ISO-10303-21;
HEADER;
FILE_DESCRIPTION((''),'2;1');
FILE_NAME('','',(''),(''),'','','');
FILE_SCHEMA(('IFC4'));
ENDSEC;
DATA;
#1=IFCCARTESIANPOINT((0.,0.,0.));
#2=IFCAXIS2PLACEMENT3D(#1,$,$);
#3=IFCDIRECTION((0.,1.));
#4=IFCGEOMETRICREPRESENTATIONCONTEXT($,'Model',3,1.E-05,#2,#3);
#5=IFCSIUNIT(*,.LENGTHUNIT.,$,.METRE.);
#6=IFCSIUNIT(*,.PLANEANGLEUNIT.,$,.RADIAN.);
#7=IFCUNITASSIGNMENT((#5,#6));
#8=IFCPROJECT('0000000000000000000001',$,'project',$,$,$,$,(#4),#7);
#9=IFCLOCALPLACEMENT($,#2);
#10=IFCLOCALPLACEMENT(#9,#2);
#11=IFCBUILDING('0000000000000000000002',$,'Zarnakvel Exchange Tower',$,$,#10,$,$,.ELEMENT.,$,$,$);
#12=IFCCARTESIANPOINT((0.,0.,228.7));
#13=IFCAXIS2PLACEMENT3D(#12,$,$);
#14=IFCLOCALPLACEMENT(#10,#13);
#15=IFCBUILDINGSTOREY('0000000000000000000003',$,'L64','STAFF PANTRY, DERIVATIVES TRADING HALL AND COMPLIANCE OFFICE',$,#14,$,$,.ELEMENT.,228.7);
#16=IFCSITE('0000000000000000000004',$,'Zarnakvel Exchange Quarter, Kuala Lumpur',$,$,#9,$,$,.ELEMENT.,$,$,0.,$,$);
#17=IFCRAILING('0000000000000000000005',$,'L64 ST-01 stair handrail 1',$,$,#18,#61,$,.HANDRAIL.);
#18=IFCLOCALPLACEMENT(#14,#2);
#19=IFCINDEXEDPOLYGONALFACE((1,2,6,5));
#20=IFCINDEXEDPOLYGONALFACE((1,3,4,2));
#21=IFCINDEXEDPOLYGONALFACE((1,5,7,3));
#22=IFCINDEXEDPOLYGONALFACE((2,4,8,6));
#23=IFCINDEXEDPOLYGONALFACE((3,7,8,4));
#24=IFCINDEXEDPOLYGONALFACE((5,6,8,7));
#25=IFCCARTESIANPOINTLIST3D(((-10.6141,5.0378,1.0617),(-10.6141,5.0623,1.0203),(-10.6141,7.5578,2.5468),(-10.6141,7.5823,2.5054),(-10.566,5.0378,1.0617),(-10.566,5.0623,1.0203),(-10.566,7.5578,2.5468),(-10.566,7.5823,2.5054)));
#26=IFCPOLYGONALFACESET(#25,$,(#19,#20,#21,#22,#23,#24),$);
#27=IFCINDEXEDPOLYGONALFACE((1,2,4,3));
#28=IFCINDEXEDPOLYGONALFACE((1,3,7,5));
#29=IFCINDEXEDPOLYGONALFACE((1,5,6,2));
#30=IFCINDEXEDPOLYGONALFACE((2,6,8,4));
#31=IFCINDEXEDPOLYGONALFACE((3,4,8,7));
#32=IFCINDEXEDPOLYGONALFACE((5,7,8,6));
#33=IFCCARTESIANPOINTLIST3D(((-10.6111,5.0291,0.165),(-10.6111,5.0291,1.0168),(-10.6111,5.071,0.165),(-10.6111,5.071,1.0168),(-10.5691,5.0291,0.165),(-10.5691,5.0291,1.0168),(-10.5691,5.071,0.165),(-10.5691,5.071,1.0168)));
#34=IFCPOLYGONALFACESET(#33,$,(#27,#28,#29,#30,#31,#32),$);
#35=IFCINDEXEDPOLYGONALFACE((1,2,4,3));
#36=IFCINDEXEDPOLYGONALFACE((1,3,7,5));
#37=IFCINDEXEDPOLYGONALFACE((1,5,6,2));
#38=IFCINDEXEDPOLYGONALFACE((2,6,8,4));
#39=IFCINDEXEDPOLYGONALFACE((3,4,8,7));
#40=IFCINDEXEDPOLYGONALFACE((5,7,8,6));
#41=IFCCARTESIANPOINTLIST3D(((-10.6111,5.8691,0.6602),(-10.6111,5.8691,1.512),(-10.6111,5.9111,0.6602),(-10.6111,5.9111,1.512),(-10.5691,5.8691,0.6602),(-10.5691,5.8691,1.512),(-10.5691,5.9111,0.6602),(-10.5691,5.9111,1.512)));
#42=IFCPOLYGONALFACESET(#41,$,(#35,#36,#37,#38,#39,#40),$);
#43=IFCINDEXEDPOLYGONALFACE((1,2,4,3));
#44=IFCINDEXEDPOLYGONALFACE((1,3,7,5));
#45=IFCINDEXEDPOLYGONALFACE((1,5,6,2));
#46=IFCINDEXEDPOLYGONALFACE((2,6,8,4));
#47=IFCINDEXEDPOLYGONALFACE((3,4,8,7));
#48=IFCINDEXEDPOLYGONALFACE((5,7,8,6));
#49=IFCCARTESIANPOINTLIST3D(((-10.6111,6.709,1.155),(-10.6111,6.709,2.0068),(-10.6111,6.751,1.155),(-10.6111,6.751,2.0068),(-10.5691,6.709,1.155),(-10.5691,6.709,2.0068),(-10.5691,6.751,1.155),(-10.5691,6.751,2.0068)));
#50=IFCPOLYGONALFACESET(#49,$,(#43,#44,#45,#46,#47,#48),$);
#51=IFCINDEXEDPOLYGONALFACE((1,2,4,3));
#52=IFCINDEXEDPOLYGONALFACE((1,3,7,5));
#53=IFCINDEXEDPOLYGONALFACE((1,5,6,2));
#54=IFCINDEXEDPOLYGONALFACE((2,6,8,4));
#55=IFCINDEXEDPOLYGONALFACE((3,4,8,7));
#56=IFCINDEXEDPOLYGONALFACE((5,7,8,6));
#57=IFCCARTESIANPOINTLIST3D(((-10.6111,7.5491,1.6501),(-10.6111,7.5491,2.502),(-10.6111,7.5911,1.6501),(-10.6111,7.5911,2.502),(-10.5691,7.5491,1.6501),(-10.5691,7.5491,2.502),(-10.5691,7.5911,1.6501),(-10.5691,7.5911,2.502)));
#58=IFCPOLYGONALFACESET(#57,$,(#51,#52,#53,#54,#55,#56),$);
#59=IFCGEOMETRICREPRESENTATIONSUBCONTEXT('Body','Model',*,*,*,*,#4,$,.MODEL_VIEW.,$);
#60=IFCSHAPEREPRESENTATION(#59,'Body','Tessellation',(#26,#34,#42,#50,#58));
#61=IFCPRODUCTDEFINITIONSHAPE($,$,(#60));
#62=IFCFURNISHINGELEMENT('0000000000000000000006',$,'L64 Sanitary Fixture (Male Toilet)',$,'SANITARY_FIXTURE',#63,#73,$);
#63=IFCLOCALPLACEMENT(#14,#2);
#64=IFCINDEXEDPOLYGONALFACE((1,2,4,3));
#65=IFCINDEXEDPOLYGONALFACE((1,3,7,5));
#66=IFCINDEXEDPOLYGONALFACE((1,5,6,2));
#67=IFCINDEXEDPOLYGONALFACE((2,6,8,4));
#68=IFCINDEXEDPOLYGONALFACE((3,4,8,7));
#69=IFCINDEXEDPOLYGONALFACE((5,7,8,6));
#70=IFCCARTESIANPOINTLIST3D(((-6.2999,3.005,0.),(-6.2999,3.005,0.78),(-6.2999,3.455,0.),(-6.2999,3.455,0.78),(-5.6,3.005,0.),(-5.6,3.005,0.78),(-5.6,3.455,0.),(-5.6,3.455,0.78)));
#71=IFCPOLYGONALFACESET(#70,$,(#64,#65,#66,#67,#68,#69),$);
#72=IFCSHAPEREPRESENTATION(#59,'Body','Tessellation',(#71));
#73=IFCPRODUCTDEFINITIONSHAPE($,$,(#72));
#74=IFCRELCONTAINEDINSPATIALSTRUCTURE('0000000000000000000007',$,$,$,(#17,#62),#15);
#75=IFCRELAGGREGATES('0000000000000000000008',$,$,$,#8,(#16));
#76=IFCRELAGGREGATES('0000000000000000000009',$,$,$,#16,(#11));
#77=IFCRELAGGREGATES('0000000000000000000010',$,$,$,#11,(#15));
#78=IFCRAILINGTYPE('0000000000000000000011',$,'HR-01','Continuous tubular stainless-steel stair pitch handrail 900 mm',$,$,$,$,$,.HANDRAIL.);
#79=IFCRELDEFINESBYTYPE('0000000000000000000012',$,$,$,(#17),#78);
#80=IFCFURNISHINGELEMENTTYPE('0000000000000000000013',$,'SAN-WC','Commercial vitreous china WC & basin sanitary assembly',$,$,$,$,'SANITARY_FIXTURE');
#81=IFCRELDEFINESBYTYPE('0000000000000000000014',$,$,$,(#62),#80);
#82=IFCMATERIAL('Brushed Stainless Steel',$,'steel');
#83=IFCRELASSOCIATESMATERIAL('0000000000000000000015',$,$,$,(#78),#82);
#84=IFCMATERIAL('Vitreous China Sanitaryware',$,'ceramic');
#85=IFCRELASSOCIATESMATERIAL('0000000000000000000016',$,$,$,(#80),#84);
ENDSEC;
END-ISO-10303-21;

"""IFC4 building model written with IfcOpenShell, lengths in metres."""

from ifc_helpers import new_model, si_unit, direction, frame, origin, origin_2d, place, context, subcontext, project, spatial, rectangle, extrude, source, transform, mapped, material, type_object, element, save


model = new_model("IFC4")

# Units and contexts
model_context = context("Model", 3, precision=1e-05, world=origin(), true_north=direction((0.0, 1.0)))
body_context = subcontext(model_context, "Body", "Model", "MODEL_VIEW")
ifc_project = project(units=[si_unit("LENGTHUNIT", "METRE"), si_unit("PLANEANGLEUNIT", "RADIAN")], contexts=[model_context])

# Site, building, storey
site_placement = place(None, origin())
site = spatial("IfcSite", under=ifc_project, at=site_placement, Name="Zarnakvel Exchange Quarter, Kuala Lumpur", CompositionType="ELEMENT", RefElevation=0.0)
building_placement = place(site_placement, origin())
building = spatial("IfcBuilding", under=site, at=building_placement, Name="Zarnakvel Exchange Tower", CompositionType="ELEMENT")
storey_placement = place(building_placement, frame((0.0, 0.0, 228.7)))
storey = spatial("IfcBuildingStorey", under=building, at=storey_placement, Name="L64", Description="STAFF PANTRY, DERIVATIVES TRADING HALL AND COMPLIANCE OFFICE", CompositionType="ELEMENT", Elevation=228.7)

# Shared definitions
ifc_material_1 = material(Name="Brushed Stainless Steel", Category="steel")

# Railing
railing_type = type_object("IfcRailingType", Name="HR-01", Description="Continuous tubular stainless-steel stair pitch handrail 900 mm", PredefinedType="HANDRAIL", material=ifc_material_1)
railing_placement = place(storey_placement, frame((-10.5901, 5.05, 0.165)))
element("IfcRailing", 1, at=railing_placement, inside=storey, type_object=railing_type, Name="L64 ST-01 stair handrail 1", PredefinedType="HANDRAIL", context=body_context, shape_type="SweptSolid", body=[
    extrude(rectangle(XDim=0.0481, YDim=0.0481, at=origin_2d()), frame((0.0, 0.0, 0.876), z_axis=(0.0, 0.861524, 0.507717), x_axis=(-1.0, 0.0, 0.0)), (0.0, 0.0, 1.0), 2.925),
    extrude(rectangle(XDim=0.042, YDim=0.042, at=origin_2d()), origin(), (0.0, 0.0, 1.0), 0.8518),
    extrude(rectangle(XDim=0.042, YDim=0.042, at=origin_2d()), frame((0.0, 0.8401, 0.4951)), (0.0, 0.0, 1.0), 0.8518),
    extrude(rectangle(XDim=0.042, YDim=0.042, at=origin_2d()), frame((0.0, 1.6799, 0.99)), (0.0, 0.0, 1.0), 0.8518),
    extrude(rectangle(XDim=0.042, YDim=0.042, at=origin_2d()), frame((0.0, 2.52, 1.4851)), (0.0, 0.0, 1.0), 0.8518),
])

# Furnishing element
ifc_material_2 = material(Name="Vitreous China Sanitaryware", Category="ceramic")
furnishing_element_type = type_object("IfcFurnishingElementType", Name="SAN-WC", Description="Commercial vitreous china WC & basin sanitary assembly", ElementType="SANITARY_FIXTURE", material=ifc_material_2)
shared_shape_1 = source(origin(), body_context, "Body", "SweptSolid", [
    extrude(rectangle(XDim=0.7, YDim=0.45, at=origin_2d()), origin(), (0.0, 0.0, 1.0), 0.78),
])
furnishing_placement = place(storey_placement, frame((-5.95, 3.23, 0.0), z_axis=(0.0, 0.0, 1.0), x_axis=(1.0, 0.0, 0.0)))
element("IfcFurnishingElement", 2, at=furnishing_placement, inside=storey, type_object=furnishing_element_type, Name="L64 Sanitary Fixture (Male Toilet)", ObjectType="SANITARY_FIXTURE", context=body_context, shape_type="MappedRepresentation", body=[
    mapped(shared_shape_1, transform((0.0, 0.0, 0.0), x_axis=(1.0, 0.0, 0.0), y_axis=(0.0, 1.0, 0.0), z_axis=(0.0, 0.0, 1.0), scale=1.0)),
])

save(model, "model.ifc")
